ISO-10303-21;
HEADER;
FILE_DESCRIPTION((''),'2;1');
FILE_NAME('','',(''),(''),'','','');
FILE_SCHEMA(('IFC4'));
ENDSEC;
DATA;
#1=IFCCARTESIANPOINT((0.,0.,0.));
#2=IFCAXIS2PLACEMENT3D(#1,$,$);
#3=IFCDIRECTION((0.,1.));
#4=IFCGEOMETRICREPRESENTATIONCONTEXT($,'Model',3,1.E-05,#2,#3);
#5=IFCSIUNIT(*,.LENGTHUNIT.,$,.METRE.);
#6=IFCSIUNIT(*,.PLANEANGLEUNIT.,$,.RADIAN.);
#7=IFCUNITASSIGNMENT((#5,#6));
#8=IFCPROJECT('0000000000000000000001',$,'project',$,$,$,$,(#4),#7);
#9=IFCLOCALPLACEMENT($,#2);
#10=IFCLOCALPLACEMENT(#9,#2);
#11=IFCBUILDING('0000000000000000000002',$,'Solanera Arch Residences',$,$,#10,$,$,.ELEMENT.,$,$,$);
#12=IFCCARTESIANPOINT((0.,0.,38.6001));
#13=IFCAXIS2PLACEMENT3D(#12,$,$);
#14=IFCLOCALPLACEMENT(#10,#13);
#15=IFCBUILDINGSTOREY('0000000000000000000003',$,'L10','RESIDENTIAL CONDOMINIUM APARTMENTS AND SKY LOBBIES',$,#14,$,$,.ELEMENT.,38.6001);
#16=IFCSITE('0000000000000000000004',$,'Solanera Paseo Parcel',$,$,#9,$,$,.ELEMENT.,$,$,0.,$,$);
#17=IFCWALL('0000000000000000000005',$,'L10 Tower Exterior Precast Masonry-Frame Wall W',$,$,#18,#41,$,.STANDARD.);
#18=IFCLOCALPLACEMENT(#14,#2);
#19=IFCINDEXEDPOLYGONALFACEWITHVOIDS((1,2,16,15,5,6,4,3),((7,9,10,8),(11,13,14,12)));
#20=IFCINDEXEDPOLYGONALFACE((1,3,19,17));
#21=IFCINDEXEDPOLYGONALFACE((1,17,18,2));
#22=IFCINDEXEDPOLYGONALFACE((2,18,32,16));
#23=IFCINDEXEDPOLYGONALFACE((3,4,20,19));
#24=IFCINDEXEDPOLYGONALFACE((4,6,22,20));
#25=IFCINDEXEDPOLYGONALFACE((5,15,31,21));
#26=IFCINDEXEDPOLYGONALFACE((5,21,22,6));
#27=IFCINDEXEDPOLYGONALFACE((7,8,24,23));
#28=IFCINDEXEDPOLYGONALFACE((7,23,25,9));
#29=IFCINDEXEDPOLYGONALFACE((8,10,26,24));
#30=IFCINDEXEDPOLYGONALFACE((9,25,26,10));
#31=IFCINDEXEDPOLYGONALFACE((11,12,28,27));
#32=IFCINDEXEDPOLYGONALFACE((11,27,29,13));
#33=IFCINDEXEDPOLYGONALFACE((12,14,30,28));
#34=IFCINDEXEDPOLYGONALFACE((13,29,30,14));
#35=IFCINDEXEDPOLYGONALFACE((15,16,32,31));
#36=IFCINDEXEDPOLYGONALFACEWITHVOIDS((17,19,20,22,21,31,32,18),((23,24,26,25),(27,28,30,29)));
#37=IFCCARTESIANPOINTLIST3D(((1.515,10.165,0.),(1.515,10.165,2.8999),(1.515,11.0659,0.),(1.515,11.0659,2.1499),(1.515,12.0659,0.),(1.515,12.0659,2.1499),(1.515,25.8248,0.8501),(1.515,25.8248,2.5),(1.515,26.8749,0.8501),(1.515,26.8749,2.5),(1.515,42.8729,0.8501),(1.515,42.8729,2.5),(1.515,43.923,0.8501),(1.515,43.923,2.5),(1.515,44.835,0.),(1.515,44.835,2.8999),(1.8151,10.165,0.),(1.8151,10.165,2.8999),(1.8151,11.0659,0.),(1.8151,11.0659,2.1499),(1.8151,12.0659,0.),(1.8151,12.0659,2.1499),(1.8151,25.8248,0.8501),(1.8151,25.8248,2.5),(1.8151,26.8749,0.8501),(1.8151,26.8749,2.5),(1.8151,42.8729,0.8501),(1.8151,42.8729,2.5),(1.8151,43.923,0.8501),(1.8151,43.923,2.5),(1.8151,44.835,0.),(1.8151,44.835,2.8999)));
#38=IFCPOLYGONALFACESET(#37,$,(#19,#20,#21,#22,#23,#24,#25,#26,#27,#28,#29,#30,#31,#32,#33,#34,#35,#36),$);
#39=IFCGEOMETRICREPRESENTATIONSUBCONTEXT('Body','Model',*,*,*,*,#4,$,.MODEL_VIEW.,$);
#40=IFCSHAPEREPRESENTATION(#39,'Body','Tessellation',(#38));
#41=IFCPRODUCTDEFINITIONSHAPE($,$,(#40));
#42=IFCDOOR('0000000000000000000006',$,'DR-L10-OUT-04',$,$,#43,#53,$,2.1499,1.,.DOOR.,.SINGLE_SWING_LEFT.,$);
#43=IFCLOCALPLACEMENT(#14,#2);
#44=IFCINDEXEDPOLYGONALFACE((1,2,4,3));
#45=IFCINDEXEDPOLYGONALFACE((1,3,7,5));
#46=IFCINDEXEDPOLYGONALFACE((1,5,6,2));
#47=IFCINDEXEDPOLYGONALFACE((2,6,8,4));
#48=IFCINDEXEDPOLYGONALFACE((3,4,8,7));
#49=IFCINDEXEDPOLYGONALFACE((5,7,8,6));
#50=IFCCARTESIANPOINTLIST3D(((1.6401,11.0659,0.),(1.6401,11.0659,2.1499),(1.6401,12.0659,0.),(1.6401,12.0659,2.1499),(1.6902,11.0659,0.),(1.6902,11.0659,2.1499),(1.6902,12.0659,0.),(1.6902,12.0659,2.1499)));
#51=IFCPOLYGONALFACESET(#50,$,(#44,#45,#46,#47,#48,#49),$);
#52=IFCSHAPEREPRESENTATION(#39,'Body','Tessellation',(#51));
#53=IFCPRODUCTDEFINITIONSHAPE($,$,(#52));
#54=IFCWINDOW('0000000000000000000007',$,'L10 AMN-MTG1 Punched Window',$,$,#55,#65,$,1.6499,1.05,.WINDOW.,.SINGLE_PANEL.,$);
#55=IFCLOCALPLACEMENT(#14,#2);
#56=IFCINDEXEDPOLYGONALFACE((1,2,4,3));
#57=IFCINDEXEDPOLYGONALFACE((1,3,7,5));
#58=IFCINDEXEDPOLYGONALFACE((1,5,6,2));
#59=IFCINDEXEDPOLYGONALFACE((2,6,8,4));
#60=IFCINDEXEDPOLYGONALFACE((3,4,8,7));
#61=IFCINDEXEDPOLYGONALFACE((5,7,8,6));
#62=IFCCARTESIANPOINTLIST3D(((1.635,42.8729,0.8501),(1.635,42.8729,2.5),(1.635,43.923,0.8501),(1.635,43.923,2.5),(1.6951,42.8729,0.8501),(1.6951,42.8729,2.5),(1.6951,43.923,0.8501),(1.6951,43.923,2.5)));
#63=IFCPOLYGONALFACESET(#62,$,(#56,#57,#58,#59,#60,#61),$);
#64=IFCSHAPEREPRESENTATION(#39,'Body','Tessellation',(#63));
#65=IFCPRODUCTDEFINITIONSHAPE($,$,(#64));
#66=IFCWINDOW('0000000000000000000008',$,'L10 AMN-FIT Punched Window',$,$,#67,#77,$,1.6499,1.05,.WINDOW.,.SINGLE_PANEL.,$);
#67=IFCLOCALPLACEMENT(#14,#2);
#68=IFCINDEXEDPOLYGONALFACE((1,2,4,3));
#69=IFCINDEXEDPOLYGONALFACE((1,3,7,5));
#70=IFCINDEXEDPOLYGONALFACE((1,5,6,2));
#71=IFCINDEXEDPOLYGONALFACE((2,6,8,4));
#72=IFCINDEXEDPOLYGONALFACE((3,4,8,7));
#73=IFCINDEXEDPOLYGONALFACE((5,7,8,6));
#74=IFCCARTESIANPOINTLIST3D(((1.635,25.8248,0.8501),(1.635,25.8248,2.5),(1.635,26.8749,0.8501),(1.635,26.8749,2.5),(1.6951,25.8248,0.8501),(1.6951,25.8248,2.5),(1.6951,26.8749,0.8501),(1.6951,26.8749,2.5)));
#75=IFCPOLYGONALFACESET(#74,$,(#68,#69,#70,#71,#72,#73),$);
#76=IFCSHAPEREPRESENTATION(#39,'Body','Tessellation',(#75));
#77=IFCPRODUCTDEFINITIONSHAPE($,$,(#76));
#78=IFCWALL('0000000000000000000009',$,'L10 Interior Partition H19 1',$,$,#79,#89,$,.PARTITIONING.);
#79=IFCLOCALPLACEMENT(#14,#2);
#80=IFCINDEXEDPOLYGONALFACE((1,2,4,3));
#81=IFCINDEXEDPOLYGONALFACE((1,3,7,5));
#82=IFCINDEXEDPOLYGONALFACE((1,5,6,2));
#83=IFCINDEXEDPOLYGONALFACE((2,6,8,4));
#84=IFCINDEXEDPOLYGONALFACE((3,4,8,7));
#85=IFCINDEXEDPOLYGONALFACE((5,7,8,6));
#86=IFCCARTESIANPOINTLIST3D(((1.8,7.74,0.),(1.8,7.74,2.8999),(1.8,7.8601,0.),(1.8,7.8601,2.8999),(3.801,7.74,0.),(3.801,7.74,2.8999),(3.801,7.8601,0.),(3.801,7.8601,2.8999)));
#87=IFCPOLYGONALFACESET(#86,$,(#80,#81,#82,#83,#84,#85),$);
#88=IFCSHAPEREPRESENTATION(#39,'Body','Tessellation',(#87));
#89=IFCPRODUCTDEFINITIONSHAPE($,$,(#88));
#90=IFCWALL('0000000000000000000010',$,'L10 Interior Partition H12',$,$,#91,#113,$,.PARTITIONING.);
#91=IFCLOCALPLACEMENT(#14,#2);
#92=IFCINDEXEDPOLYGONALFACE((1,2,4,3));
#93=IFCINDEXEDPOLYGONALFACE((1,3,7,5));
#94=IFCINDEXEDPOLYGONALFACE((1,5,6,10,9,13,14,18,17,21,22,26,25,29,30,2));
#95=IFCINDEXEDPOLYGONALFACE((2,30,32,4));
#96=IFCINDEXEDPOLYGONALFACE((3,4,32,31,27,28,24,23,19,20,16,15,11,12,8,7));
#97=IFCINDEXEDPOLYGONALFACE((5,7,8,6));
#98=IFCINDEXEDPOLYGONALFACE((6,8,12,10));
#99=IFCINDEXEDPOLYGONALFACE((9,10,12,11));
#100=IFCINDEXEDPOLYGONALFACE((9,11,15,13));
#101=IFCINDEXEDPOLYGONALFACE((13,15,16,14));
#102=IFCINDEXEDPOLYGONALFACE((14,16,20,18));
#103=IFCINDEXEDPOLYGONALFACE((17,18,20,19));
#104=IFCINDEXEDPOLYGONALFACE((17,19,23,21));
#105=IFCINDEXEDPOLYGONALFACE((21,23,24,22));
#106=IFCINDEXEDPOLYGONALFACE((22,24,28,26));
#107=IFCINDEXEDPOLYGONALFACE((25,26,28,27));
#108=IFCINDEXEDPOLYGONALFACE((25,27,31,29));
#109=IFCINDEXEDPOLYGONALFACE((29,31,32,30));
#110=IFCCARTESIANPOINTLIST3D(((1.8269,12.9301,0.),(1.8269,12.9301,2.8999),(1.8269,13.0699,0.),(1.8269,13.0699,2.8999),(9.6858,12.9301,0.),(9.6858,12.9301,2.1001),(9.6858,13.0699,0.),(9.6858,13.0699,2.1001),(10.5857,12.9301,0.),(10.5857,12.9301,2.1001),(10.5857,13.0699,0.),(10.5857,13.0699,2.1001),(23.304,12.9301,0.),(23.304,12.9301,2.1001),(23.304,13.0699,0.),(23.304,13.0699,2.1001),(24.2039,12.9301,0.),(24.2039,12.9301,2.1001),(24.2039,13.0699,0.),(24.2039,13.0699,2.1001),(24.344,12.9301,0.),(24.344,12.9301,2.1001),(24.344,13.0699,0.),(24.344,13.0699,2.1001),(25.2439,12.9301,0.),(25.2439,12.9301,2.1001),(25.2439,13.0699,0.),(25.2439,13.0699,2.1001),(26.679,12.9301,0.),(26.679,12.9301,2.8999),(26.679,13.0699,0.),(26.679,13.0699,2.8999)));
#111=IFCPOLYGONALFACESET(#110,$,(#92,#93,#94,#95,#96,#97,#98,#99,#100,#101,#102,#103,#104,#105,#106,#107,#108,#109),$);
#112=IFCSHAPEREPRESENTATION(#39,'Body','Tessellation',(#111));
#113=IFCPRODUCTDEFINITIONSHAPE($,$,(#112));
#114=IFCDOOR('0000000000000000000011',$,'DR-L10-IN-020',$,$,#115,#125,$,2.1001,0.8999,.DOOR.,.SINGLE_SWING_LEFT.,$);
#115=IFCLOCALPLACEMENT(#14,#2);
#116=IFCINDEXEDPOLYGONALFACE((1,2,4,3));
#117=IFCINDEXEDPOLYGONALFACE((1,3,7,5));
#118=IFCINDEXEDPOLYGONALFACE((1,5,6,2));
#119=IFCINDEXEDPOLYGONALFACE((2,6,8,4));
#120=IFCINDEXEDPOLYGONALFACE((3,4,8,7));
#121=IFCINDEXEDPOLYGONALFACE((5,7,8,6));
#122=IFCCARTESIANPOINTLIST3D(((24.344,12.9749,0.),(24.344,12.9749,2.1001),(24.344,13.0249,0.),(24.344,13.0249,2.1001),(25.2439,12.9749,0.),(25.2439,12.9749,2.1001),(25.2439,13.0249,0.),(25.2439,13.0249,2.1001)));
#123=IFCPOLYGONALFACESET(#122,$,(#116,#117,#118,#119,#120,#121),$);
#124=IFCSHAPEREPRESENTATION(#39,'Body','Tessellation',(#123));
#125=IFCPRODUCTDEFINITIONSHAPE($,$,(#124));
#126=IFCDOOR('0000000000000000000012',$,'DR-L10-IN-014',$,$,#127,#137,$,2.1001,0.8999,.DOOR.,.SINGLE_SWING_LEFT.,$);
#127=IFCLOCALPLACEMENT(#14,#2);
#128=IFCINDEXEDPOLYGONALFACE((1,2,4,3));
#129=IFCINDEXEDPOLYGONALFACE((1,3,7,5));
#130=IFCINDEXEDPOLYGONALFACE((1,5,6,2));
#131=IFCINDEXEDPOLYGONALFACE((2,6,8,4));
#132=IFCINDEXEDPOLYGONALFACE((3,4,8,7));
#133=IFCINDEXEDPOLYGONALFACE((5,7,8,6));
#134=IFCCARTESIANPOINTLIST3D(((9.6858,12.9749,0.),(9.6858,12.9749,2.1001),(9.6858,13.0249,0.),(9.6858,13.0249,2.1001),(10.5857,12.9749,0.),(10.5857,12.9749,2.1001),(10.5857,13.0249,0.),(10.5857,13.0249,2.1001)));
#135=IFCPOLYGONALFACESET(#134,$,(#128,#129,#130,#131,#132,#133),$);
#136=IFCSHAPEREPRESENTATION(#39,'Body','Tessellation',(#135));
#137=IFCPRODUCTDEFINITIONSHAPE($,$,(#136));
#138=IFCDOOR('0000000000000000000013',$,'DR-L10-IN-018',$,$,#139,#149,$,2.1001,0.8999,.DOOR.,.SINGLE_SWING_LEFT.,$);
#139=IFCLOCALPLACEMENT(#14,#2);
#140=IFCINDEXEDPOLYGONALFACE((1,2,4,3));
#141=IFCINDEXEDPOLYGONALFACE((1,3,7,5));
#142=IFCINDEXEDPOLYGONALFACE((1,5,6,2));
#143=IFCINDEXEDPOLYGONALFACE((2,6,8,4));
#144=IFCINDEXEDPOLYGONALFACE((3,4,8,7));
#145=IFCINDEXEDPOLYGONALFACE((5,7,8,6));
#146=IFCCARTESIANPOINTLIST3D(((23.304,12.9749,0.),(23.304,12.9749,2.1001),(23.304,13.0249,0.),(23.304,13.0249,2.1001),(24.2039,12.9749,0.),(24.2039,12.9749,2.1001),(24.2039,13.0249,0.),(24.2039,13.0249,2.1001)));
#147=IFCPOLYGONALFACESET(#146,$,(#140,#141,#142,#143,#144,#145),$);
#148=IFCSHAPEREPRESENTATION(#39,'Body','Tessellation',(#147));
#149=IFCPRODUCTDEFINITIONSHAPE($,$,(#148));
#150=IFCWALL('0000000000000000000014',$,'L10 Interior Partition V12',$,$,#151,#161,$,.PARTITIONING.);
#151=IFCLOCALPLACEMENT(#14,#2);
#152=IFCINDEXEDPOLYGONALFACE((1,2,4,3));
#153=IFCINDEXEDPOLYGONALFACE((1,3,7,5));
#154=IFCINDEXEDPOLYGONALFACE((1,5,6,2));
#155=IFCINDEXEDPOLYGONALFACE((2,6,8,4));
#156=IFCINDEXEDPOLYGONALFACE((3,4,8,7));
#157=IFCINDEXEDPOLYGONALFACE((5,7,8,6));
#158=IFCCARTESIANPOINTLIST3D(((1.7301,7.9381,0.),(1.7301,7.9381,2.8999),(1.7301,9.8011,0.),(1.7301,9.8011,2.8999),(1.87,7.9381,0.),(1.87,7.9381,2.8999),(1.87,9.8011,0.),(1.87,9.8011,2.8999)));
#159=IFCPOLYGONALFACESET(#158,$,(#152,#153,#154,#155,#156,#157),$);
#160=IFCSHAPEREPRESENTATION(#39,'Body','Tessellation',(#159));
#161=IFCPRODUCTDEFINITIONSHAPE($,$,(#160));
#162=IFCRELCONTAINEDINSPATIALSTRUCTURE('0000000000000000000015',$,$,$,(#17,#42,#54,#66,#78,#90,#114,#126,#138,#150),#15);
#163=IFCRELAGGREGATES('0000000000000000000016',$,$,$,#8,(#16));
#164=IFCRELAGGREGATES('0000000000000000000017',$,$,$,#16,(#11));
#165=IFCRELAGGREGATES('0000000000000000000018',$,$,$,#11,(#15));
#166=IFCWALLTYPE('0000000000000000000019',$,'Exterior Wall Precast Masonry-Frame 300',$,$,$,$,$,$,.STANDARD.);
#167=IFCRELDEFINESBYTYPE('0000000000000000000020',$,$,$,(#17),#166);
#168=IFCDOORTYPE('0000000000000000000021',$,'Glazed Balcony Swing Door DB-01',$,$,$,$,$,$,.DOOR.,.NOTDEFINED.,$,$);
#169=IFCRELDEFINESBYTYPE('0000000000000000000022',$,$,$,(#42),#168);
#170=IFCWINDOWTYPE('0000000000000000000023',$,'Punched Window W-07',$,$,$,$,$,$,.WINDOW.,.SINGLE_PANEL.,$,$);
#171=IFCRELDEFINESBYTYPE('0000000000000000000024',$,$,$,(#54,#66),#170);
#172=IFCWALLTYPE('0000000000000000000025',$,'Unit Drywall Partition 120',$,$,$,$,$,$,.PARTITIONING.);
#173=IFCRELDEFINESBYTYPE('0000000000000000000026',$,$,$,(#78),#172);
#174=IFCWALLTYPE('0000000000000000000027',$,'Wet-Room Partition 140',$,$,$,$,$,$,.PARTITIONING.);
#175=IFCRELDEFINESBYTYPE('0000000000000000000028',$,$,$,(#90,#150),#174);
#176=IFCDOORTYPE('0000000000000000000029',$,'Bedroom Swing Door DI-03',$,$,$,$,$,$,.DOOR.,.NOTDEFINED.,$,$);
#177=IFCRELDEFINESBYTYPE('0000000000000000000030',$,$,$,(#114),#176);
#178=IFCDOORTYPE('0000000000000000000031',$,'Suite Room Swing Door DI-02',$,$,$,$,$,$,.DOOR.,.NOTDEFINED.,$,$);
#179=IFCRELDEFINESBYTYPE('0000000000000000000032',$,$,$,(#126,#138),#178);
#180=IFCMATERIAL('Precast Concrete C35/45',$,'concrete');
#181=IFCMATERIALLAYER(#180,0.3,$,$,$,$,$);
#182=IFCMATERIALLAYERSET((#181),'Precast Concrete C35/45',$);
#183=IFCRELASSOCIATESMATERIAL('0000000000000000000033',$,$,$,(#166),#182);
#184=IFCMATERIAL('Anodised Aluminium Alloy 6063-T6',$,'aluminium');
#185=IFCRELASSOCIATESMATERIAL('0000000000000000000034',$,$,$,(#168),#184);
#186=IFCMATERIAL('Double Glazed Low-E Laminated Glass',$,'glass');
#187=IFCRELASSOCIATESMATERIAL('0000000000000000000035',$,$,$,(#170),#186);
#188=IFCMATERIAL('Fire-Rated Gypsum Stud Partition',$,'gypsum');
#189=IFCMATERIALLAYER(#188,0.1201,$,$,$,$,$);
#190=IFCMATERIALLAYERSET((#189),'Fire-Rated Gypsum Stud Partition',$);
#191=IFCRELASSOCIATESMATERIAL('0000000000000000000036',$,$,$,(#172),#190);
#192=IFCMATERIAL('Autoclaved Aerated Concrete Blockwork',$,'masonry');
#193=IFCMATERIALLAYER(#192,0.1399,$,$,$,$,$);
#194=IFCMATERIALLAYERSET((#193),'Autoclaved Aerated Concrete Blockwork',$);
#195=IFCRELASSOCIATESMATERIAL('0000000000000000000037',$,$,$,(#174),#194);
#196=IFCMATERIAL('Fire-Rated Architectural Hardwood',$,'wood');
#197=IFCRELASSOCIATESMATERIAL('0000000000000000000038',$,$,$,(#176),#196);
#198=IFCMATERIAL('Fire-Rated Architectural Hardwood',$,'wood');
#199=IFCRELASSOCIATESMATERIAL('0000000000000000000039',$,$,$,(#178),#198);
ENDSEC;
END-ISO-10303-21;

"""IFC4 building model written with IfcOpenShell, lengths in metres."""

from ifc_helpers import new_model, si_unit, direction, frame, frame_2d, origin, place, context, subcontext, project, spatial, rectangle, extrude, material, layer, layer_set, type_object, element, fill, save


model = new_model("IFC4")

# Units and contexts
model_context = context("Model", 3, precision=1e-05, world=origin(), true_north=direction((0.0, 1.0)))
body_context = subcontext(model_context, "Body", "Model", "MODEL_VIEW")
ifc_project = project(units=[si_unit("LENGTHUNIT", "METRE"), si_unit("PLANEANGLEUNIT", "RADIAN")], contexts=[model_context])

# Site, building, storey
site_placement = place(None, origin())
site = spatial("IfcSite", under=ifc_project, at=site_placement, Name="Solanera Paseo Parcel", CompositionType="ELEMENT", RefElevation=0.0)
building_placement = place(site_placement, origin())
building = spatial("IfcBuilding", under=site, at=building_placement, Name="Solanera Arch Residences", CompositionType="ELEMENT")
storey_placement = place(building_placement, frame((0.0, 0.0, 38.6001)))
storey = spatial("IfcBuildingStorey", under=building, at=storey_placement, Name="L10", Description="RESIDENTIAL CONDOMINIUM APARTMENTS AND SKY LOBBIES", CompositionType="ELEMENT", Elevation=38.6001)

# Wall, openings, door, windows
ifc_material_1 = material(Name="Precast Concrete C35/45", Category="concrete")
ifc_layer_1 = layer(ifc_material_1, 0.3)
ifc_layer_set_1 = layer_set([ifc_layer_1], Name="Precast Concrete C35/45")
wall_type_1 = type_object("IfcWallType", Name="Exterior Wall Precast Masonry-Frame 300", PredefinedType="STANDARD", material=ifc_layer_set_1)
wall_1_placement = place(storey_placement, frame((1.665, 10.165, 0.0), z_axis=(0.0, 0.0, 1.0), x_axis=(0.0, 1.0, 0.0)))
wall_1 = element("IfcWall", 1, at=wall_1_placement, inside=storey, type_object=wall_type_1, Name="L10 Tower Exterior Precast Masonry-Frame Wall W", PredefinedType="STANDARD", context=body_context, shape_type="SweptSolid", body=[
    extrude(rectangle(XDim=34.6699, YDim=0.3, at=frame_2d((17.335, 0.0))), origin(), (0.0, 0.0, 1.0), 2.8999),
])
opening_1_placement = place(wall_1_placement, frame((0.9009, 0.0, 0.0)))
opening_1 = element("IfcOpeningElement", 2, at=opening_1_placement, cuts=wall_1, PredefinedType="OPENING", context=body_context, shape_type="SweptSolid", body=[
    extrude(rectangle(XDim=1.0, YDim=2.1499, at=frame_2d((0.5, 1.075))), frame((0.0, 0.1599, 0.0), z_axis=(0.0, -1.0, 0.0), x_axis=(1.0, 0.0, 0.0)), (0.0, 0.0, 1.0), 0.32),
])
opening_2_placement = place(wall_1_placement, frame((32.708, 0.0, 0.8501)))
opening_2 = element("IfcOpeningElement", 3, at=opening_2_placement, cuts=wall_1, PredefinedType="OPENING", context=body_context, shape_type="SweptSolid", body=[
    extrude(rectangle(XDim=1.05, YDim=1.6499, at=frame_2d((0.5249, 0.825))), frame((0.0, 0.1599, 0.0), z_axis=(0.0, -1.0, 0.0), x_axis=(1.0, 0.0, 0.0)), (0.0, 0.0, 1.0), 0.32),
])
opening_3_placement = place(wall_1_placement, frame((15.6599, 0.0, 0.8501)))
opening_3 = element("IfcOpeningElement", 4, at=opening_3_placement, cuts=wall_1, PredefinedType="OPENING", context=body_context, shape_type="SweptSolid", body=[
    extrude(rectangle(XDim=1.05, YDim=1.6499, at=frame_2d((0.5249, 0.825))), frame((0.0, 0.1599, 0.0), z_axis=(0.0, -1.0, 0.0), x_axis=(1.0, 0.0, 0.0)), (0.0, 0.0, 1.0), 0.32),
])
ifc_material_2 = material(Name="Anodised Aluminium Alloy 6063-T6", Category="aluminium")
door_type_1 = type_object("IfcDoorType", Name="Glazed Balcony Swing Door DB-01", OperationType="NOTDEFINED", PredefinedType="DOOR", material=ifc_material_2)
door_1_placement = place(opening_1_placement, origin())
door_1 = element("IfcDoor", 5, at=door_1_placement, inside=storey, type_object=door_type_1, Name="DR-L10-OUT-04", OperationType="SINGLE_SWING_LEFT", OverallHeight=2.1499, OverallWidth=1.0, PredefinedType="DOOR", context=body_context, shape_type="SweptSolid", body=[
    extrude(rectangle(XDim=1.0, YDim=2.1499, at=frame_2d((0.5, 1.075))), frame((0.0, 0.0249, 0.0), z_axis=(0.0, -1.0, 0.0), x_axis=(1.0, 0.0, 0.0)), (0.0, 0.0, 1.0), 0.05),
])
fill(opening_1, door_1)
ifc_material_3 = material(Name="Double Glazed Low-E Laminated Glass", Category="glass")
window_type = type_object("IfcWindowType", Name="Punched Window W-07", PartitioningType="SINGLE_PANEL", PredefinedType="WINDOW", material=ifc_material_3)
window_1_placement = place(opening_2_placement, origin())
window_1 = element("IfcWindow", 6, at=window_1_placement, inside=storey, type_object=window_type, Name="L10 AMN-MTG1 Punched Window", OverallHeight=1.6499, OverallWidth=1.05, PartitioningType="SINGLE_PANEL", PredefinedType="WINDOW", context=body_context, shape_type="SweptSolid", body=[
    extrude(rectangle(XDim=1.05, YDim=1.6499, at=frame_2d((0.5249, 0.825))), frame((0.0, 0.03, 0.0), z_axis=(0.0, -1.0, 0.0), x_axis=(1.0, 0.0, 0.0)), (0.0, 0.0, 1.0), 0.0601),
])
fill(opening_2, window_1)
window_2_placement = place(opening_3_placement, origin())
window_2 = element("IfcWindow", 7, at=window_2_placement, inside=storey, type_object=window_type, Name="L10 AMN-FIT Punched Window", OverallHeight=1.6499, OverallWidth=1.05, PartitioningType="SINGLE_PANEL", PredefinedType="WINDOW", context=body_context, shape_type="SweptSolid", body=[
    extrude(rectangle(XDim=1.05, YDim=1.6499, at=frame_2d((0.5249, 0.825))), frame((0.0, 0.03, 0.0), z_axis=(0.0, -1.0, 0.0), x_axis=(1.0, 0.0, 0.0)), (0.0, 0.0, 1.0), 0.0601),
])
fill(opening_3, window_2)

# Wall
ifc_material_4 = material(Name="Fire-Rated Gypsum Stud Partition", Category="gypsum")
ifc_layer_2 = layer(ifc_material_4, 0.1201)
ifc_layer_set_2 = layer_set([ifc_layer_2], Name="Fire-Rated Gypsum Stud Partition")
wall_type_2 = type_object("IfcWallType", Name="Unit Drywall Partition 120", PredefinedType="PARTITIONING", material=ifc_layer_set_2)
wall_2_placement = place(storey_placement, frame((1.8, 7.8, 0.0), z_axis=(0.0, 0.0, 1.0), x_axis=(1.0, 0.0, 0.0)))
element("IfcWall", 8, at=wall_2_placement, inside=storey, type_object=wall_type_2, Name="L10 Interior Partition H19 1", PredefinedType="PARTITIONING", context=body_context, shape_type="SweptSolid", body=[
    extrude(rectangle(XDim=2.001, YDim=0.1201, at=frame_2d((1.0005, 0.0))), origin(), (0.0, 0.0, 1.0), 2.8999),
])

# Wall, openings, doors
ifc_material_5 = material(Name="Autoclaved Aerated Concrete Blockwork", Category="masonry")
ifc_layer_3 = layer(ifc_material_5, 0.1399)
ifc_layer_set_3 = layer_set([ifc_layer_3], Name="Autoclaved Aerated Concrete Blockwork")
wall_type_3 = type_object("IfcWallType", Name="Wet-Room Partition 140", PredefinedType="PARTITIONING", material=ifc_layer_set_3)
wall_3_placement = place(storey_placement, frame((1.8269, 13.0, 0.0), z_axis=(0.0, 0.0, 1.0), x_axis=(1.0, 0.0, 0.0)))
wall_3 = element("IfcWall", 9, at=wall_3_placement, inside=storey, type_object=wall_type_3, Name="L10 Interior Partition H12", PredefinedType="PARTITIONING", context=body_context, shape_type="SweptSolid", body=[
    extrude(rectangle(XDim=24.8521, YDim=0.1399, at=frame_2d((12.426, 0.0))), origin(), (0.0, 0.0, 1.0), 2.8999),
])
opening_4_placement = place(wall_3_placement, frame((7.8589, 0.0, 0.0)))
opening_4 = element("IfcOpeningElement", 10, at=opening_4_placement, cuts=wall_3, PredefinedType="OPENING", context=body_context, shape_type="SweptSolid", body=[
    extrude(rectangle(XDim=0.8999, YDim=2.1001, at=frame_2d((0.45, 1.05))), frame((0.0, 0.0798, 0.0), z_axis=(0.0, -1.0, 0.0), x_axis=(1.0, 0.0, 0.0)), (0.0, 0.0, 1.0), 0.1599),
])
opening_5_placement = place(wall_3_placement, frame((21.4771, 0.0, 0.0)))
opening_5 = element("IfcOpeningElement", 11, at=opening_5_placement, cuts=wall_3, PredefinedType="OPENING", context=body_context, shape_type="SweptSolid", body=[
    extrude(rectangle(XDim=0.8999, YDim=2.1001, at=frame_2d((0.45, 1.05))), frame((0.0, 0.0798, 0.0), z_axis=(0.0, -1.0, 0.0), x_axis=(1.0, 0.0, 0.0)), (0.0, 0.0, 1.0), 0.1599),
])
opening_6_placement = place(wall_3_placement, frame((22.5171, 0.0, 0.0)))
opening_6 = element("IfcOpeningElement", 12, at=opening_6_placement, cuts=wall_3, PredefinedType="OPENING", context=body_context, shape_type="SweptSolid", body=[
    extrude(rectangle(XDim=0.8999, YDim=2.1001, at=frame_2d((0.45, 1.05))), frame((0.0, 0.0798, 0.0), z_axis=(0.0, -1.0, 0.0), x_axis=(1.0, 0.0, 0.0)), (0.0, 0.0, 1.0), 0.1599),
])
ifc_material_6 = material(Name="Fire-Rated Architectural Hardwood", Category="wood")
door_type_2 = type_object("IfcDoorType", Name="Bedroom Swing Door DI-03", OperationType="NOTDEFINED", PredefinedType="DOOR", material=ifc_material_6)
door_2_placement = place(opening_6_placement, origin())
door_2 = element("IfcDoor", 13, at=door_2_placement, inside=storey, type_object=door_type_2, Name="DR-L10-IN-020", OperationType="SINGLE_SWING_LEFT", OverallHeight=2.1001, OverallWidth=0.8999, PredefinedType="DOOR", context=body_context, shape_type="SweptSolid", body=[
    extrude(rectangle(XDim=0.8999, YDim=2.1001, at=frame_2d((0.45, 1.05))), frame((0.0, 0.0249, 0.0), z_axis=(0.0, -1.0, 0.0), x_axis=(1.0, 0.0, 0.0)), (0.0, 0.0, 1.0), 0.05),
])
fill(opening_6, door_2)
ifc_material_7 = material(Name="Fire-Rated Architectural Hardwood", Category="wood")
door_type_3 = type_object("IfcDoorType", Name="Suite Room Swing Door DI-02", OperationType="NOTDEFINED", PredefinedType="DOOR", material=ifc_material_7)
door_3_placement = place(opening_4_placement, origin())
door_3 = element("IfcDoor", 14, at=door_3_placement, inside=storey, type_object=door_type_3, Name="DR-L10-IN-014", OperationType="SINGLE_SWING_LEFT", OverallHeight=2.1001, OverallWidth=0.8999, PredefinedType="DOOR", context=body_context, shape_type="SweptSolid", body=[
    extrude(rectangle(XDim=0.8999, YDim=2.1001, at=frame_2d((0.45, 1.05))), frame((0.0, 0.0249, 0.0), z_axis=(0.0, -1.0, 0.0), x_axis=(1.0, 0.0, 0.0)), (0.0, 0.0, 1.0), 0.05),
])
fill(opening_4, door_3)
door_4_placement = place(opening_5_placement, origin())
door_4 = element("IfcDoor", 15, at=door_4_placement, inside=storey, type_object=door_type_3, Name="DR-L10-IN-018", OperationType="SINGLE_SWING_LEFT", OverallHeight=2.1001, OverallWidth=0.8999, PredefinedType="DOOR", context=body_context, shape_type="SweptSolid", body=[
    extrude(rectangle(XDim=0.8999, YDim=2.1001, at=frame_2d((0.45, 1.05))), frame((0.0, 0.0249, 0.0), z_axis=(0.0, -1.0, 0.0), x_axis=(1.0, 0.0, 0.0)), (0.0, 0.0, 1.0), 0.05),
])
fill(opening_5, door_4)

# Wall
wall_4_placement = place(storey_placement, frame((1.8, 7.938, 0.0), z_axis=(0.0, 0.0, 1.0), x_axis=(0.0, 1.0, 0.0)))
element("IfcWall", 16, at=wall_4_placement, inside=storey, type_object=wall_type_3, Name="L10 Interior Partition V12", PredefinedType="PARTITIONING", context=body_context, shape_type="SweptSolid", body=[
    extrude(rectangle(XDim=1.863, YDim=0.1399, at=frame_2d((0.9316, 0.0))), origin(), (0.0, 0.0, 1.0), 2.8999),
])

save(model, "model.ifc")
